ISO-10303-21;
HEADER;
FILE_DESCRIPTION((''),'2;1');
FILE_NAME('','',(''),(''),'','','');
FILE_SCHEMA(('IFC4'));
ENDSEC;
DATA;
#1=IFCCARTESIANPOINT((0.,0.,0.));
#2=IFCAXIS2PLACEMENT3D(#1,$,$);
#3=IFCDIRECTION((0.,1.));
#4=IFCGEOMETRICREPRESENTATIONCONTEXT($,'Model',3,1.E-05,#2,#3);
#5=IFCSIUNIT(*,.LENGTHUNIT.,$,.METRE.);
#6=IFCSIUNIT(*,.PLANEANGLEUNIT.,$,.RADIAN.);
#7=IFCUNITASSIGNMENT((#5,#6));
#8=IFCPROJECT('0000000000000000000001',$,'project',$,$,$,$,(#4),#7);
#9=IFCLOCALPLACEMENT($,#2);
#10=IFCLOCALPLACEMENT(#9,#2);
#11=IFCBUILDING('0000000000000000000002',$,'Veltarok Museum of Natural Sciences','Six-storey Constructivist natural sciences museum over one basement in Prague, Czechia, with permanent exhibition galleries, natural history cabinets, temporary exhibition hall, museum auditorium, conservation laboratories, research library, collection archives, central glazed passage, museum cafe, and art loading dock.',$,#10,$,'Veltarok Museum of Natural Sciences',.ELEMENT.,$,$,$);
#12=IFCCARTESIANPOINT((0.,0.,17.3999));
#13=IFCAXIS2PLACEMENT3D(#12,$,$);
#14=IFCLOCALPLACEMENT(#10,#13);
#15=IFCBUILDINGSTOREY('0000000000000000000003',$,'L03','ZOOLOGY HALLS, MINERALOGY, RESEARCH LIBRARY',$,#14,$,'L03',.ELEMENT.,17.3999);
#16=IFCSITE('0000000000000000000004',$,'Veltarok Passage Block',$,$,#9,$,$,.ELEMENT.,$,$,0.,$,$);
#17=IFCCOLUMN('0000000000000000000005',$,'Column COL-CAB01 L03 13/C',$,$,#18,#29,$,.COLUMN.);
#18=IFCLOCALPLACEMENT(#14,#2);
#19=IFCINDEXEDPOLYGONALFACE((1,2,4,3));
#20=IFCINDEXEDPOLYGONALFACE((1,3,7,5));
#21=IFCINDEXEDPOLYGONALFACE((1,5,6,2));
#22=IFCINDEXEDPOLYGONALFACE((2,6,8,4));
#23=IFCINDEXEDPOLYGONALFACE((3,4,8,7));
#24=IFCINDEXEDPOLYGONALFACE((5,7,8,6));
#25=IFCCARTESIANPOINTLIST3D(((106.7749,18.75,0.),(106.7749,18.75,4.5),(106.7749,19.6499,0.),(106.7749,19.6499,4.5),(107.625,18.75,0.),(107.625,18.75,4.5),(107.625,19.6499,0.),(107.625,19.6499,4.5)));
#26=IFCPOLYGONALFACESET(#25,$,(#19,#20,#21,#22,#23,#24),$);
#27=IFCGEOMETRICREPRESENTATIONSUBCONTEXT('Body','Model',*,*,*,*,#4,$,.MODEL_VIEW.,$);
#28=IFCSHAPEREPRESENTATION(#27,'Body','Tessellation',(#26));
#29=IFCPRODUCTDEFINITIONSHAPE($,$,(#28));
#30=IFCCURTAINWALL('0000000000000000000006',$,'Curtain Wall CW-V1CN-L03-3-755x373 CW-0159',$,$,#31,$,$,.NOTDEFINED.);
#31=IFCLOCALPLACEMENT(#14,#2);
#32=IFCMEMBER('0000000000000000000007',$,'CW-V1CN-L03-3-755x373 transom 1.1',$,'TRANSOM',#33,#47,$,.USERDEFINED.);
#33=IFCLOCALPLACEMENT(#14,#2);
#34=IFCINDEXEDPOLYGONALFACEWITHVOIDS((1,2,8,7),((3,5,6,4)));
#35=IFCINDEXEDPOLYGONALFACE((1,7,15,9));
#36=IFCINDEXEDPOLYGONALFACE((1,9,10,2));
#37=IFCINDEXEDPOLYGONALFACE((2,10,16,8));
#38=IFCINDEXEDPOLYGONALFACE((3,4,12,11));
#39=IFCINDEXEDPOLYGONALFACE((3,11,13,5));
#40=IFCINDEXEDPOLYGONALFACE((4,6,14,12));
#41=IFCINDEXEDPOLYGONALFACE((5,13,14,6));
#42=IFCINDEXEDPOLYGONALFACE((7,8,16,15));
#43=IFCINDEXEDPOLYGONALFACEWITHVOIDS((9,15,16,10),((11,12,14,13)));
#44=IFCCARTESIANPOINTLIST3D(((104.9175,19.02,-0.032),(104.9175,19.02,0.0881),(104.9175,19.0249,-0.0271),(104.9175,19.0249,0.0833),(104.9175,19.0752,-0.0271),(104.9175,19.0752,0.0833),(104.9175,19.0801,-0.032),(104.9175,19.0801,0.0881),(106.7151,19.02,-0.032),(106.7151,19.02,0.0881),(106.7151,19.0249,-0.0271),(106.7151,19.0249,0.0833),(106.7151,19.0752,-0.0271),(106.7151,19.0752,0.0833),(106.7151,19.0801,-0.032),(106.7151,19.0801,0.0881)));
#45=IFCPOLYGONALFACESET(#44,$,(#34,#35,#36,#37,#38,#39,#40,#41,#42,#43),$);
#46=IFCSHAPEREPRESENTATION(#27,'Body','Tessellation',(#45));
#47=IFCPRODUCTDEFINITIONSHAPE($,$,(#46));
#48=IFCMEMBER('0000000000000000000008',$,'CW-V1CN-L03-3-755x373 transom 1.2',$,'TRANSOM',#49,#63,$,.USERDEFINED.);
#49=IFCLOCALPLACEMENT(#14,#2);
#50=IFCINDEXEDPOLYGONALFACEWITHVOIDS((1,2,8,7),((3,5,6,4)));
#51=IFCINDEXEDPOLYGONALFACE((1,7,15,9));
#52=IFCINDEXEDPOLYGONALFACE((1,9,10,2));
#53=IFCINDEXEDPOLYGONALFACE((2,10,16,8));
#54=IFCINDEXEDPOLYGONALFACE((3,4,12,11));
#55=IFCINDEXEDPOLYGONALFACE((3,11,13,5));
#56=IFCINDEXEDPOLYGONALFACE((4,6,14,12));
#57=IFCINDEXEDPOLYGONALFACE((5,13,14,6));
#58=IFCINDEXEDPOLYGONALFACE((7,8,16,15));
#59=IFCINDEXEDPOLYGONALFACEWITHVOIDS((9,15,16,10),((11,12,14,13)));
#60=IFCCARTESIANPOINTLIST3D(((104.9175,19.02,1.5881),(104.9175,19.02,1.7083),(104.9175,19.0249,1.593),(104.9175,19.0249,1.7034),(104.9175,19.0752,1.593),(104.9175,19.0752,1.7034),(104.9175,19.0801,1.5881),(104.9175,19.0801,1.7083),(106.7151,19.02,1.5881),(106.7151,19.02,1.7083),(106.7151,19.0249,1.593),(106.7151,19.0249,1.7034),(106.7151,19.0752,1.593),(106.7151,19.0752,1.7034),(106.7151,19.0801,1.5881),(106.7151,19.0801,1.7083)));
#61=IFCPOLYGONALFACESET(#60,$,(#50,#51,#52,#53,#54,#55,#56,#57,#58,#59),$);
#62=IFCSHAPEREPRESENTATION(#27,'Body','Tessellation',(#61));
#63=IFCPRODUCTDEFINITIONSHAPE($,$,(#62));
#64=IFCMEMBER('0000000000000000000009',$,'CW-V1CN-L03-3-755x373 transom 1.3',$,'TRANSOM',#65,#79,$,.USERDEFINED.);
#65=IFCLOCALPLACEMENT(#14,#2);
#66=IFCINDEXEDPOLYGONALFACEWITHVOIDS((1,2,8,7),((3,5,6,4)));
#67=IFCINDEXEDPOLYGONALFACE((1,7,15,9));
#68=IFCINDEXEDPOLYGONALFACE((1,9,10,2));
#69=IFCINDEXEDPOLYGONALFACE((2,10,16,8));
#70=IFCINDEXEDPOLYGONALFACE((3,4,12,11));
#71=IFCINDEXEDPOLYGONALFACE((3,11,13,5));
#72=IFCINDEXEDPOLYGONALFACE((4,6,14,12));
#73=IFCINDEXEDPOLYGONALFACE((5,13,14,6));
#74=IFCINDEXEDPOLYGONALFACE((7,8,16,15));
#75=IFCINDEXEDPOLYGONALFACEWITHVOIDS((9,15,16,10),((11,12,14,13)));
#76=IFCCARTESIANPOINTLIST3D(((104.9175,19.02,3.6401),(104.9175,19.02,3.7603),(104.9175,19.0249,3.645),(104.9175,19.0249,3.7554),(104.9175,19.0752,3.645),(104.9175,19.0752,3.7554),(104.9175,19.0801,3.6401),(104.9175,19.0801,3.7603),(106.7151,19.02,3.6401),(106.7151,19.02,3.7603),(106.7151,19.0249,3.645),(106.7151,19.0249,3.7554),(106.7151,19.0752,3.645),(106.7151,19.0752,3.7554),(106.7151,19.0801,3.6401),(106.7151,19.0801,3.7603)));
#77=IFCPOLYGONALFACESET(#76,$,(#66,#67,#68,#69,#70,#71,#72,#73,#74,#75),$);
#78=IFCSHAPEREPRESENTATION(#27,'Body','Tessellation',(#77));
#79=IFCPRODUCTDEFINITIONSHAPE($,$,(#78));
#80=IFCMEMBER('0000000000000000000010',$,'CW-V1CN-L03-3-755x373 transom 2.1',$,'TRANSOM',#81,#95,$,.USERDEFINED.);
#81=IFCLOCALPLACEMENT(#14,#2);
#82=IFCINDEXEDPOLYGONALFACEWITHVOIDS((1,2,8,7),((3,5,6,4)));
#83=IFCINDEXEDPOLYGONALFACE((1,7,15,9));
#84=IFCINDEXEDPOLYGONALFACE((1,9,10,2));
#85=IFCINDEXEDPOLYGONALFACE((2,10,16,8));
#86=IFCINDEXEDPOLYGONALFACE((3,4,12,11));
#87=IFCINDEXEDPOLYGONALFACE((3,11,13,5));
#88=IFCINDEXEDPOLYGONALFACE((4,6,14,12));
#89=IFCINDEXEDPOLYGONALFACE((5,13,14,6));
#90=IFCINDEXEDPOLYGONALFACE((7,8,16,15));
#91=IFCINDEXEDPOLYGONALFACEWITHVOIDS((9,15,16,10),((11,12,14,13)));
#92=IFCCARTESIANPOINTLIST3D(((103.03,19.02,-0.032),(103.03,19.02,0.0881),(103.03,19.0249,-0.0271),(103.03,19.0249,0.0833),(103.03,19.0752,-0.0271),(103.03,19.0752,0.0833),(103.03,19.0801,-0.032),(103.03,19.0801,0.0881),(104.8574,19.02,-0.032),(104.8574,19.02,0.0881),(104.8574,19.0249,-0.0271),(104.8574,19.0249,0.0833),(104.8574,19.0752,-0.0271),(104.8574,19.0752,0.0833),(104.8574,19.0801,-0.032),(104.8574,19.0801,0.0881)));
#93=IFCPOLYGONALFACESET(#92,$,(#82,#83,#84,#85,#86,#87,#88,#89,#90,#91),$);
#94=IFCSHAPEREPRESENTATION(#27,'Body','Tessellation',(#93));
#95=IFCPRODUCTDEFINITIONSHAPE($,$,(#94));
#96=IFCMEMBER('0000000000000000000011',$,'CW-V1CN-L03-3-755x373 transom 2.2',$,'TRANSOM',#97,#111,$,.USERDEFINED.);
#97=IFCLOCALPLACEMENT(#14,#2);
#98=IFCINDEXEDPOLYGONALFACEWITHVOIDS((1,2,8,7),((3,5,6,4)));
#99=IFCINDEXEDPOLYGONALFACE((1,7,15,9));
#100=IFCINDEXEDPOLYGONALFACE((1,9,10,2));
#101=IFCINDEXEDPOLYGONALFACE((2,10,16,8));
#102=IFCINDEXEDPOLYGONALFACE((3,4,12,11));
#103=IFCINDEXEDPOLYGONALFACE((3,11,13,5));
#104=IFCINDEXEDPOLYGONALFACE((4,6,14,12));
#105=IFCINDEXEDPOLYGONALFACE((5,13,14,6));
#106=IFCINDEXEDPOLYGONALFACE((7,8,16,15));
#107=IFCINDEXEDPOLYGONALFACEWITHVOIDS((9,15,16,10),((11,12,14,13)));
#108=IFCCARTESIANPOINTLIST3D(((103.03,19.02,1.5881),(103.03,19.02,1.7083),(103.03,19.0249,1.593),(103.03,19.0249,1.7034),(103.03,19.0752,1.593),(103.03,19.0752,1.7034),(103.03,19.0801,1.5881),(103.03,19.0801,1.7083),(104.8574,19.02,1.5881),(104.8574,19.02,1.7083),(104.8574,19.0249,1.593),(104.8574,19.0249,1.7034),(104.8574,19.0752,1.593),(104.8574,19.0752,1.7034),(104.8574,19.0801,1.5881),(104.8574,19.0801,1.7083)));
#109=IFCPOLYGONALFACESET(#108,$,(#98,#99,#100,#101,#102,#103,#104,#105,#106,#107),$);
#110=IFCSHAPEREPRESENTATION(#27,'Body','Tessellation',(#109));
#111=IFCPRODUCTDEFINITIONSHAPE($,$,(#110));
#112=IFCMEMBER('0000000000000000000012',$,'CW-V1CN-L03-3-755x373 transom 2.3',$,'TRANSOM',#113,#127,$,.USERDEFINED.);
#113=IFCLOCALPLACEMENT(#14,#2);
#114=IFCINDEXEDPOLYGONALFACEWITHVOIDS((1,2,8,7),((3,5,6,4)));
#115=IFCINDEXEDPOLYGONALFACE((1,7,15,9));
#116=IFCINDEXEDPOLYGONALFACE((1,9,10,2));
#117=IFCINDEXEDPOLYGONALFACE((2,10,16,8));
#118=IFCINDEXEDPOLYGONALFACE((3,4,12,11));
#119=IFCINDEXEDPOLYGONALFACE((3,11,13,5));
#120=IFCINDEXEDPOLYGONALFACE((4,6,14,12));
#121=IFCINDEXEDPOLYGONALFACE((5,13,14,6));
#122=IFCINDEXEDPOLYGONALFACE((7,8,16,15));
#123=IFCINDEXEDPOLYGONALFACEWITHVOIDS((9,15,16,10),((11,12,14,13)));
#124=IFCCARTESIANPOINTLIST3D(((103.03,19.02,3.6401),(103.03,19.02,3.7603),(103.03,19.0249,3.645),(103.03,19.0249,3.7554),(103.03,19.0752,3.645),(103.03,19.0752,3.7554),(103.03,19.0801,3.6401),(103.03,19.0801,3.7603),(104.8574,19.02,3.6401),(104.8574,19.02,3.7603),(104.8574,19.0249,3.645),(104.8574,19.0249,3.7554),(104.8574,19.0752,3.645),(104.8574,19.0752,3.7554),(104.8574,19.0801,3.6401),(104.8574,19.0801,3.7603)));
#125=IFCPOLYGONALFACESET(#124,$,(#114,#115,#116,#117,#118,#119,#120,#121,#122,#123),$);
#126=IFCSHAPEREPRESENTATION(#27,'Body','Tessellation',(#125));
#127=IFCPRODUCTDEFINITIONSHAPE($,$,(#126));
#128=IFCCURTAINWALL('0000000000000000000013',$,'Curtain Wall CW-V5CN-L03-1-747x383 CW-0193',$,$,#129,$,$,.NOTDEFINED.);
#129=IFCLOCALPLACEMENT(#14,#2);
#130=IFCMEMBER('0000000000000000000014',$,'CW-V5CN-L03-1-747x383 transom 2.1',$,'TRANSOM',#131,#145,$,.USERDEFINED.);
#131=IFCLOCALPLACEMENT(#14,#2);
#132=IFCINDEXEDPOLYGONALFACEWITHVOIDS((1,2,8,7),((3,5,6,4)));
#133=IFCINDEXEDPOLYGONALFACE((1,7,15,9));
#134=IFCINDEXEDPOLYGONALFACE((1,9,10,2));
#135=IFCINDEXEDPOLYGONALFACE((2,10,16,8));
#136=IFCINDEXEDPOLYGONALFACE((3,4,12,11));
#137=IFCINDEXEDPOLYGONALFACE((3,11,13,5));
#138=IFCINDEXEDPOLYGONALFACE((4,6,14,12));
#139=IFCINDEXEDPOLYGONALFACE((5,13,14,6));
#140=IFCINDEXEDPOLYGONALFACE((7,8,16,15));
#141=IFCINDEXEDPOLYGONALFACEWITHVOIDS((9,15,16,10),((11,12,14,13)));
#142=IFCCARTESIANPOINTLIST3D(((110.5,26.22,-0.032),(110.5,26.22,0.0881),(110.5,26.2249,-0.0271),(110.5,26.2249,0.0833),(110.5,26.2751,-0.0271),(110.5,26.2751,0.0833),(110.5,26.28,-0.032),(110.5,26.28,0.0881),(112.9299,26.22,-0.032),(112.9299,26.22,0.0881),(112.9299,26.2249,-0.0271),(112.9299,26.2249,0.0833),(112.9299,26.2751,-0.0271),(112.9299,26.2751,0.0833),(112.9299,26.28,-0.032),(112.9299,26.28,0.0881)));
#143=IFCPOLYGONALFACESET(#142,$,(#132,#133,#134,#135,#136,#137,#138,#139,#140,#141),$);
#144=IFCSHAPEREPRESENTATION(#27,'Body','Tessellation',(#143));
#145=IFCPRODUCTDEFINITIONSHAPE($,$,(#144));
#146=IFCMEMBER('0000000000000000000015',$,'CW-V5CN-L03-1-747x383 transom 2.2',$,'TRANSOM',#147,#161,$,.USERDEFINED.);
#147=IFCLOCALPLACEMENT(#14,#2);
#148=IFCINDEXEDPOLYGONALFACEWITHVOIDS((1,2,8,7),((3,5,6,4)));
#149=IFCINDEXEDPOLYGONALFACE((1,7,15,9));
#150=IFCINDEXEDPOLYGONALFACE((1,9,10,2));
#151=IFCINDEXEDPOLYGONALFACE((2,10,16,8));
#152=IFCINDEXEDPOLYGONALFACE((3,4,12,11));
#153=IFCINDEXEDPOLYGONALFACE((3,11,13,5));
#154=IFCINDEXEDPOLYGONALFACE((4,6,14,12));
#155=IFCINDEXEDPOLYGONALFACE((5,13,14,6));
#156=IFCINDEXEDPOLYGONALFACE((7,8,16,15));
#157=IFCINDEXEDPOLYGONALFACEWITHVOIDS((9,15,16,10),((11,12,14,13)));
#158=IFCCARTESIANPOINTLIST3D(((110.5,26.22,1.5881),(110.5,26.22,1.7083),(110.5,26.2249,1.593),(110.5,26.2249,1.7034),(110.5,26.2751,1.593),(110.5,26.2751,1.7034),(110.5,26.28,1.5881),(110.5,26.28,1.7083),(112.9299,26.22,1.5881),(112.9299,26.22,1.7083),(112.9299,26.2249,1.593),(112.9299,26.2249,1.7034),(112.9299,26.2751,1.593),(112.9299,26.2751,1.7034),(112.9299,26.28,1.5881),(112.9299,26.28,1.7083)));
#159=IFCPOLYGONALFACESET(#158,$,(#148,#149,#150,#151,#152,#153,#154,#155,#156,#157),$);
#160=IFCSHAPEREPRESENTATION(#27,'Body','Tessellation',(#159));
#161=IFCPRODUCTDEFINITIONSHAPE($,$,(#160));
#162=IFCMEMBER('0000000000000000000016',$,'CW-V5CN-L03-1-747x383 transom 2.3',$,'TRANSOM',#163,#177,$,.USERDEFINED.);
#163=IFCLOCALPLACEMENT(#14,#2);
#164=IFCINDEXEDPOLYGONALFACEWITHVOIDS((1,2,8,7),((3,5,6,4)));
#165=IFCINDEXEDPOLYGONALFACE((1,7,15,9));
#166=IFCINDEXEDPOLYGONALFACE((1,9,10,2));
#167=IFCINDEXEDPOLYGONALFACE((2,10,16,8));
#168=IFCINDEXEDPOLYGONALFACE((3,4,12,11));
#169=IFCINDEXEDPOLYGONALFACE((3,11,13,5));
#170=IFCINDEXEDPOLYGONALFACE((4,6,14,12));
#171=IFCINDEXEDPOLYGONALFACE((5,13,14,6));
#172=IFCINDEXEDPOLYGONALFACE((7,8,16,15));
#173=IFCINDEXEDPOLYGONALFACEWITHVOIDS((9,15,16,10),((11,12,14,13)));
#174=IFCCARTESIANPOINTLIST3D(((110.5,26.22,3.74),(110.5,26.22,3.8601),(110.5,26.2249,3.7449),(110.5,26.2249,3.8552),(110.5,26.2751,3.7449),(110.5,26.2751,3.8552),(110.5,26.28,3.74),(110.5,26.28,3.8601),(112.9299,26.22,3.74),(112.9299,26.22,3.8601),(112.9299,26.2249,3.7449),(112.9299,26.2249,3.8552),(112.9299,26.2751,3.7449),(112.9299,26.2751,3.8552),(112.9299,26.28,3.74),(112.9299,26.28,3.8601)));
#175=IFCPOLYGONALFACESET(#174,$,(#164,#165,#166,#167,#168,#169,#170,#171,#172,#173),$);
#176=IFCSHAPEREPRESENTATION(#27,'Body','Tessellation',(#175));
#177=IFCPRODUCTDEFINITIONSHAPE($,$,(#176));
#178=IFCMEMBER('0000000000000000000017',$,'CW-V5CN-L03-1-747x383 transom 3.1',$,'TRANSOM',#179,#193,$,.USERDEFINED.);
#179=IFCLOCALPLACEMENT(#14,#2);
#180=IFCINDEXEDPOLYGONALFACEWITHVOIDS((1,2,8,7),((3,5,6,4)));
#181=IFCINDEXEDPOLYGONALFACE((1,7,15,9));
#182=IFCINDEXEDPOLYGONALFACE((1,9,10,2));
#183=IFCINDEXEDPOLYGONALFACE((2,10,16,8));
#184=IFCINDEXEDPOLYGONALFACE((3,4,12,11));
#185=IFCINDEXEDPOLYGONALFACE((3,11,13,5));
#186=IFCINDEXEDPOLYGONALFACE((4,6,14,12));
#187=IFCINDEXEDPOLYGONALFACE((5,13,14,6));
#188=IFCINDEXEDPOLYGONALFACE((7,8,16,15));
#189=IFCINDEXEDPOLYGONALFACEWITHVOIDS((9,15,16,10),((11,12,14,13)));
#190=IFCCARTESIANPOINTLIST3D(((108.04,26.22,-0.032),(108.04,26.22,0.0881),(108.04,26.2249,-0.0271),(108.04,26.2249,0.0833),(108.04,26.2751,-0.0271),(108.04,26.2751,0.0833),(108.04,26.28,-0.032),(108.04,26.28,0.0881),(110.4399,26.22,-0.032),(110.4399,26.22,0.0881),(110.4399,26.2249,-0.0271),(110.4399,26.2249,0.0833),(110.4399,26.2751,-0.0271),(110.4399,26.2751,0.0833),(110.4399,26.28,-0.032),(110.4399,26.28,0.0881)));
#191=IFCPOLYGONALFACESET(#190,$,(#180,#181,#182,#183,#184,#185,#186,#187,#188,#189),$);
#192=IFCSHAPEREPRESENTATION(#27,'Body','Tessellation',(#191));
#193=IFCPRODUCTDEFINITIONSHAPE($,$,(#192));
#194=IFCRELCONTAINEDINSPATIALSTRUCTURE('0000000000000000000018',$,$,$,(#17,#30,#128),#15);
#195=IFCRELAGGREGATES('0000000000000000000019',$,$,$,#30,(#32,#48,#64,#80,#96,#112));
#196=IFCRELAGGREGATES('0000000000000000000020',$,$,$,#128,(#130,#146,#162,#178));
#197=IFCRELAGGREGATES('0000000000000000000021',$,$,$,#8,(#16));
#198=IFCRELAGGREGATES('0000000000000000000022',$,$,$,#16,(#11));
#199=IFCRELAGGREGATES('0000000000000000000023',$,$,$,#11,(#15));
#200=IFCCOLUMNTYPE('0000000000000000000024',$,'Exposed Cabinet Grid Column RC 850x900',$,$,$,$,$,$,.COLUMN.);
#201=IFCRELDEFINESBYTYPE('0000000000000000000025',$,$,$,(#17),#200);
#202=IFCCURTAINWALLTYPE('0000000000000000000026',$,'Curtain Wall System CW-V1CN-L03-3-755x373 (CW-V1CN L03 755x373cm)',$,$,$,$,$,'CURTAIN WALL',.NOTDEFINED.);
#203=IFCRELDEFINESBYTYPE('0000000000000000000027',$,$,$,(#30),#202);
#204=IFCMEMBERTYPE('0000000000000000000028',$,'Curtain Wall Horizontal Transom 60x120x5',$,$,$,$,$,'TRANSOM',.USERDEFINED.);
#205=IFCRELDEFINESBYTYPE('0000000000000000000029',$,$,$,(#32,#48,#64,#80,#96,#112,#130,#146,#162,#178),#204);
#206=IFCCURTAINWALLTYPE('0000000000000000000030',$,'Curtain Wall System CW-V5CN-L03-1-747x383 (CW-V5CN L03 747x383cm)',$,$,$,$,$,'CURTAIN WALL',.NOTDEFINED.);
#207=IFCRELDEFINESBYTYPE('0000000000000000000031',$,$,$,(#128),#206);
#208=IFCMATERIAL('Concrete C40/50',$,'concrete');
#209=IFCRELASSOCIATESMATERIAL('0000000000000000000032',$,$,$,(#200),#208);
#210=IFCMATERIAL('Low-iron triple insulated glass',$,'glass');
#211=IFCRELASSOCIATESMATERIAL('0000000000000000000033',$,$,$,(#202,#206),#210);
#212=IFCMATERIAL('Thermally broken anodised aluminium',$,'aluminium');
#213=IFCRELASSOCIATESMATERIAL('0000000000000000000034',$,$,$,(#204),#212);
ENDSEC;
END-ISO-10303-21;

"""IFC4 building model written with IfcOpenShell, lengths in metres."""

from ifc_helpers import new_model, si_unit, direction, frame, origin, origin_2d, place, context, subcontext, project, spatial, rectangle, hollow_rectangle, extrude, material, material_profile, profile_set, type_object, element, aggregate, save


model = new_model("IFC4")

# Units and contexts
model_context = context("Model", 3, precision=1e-05, world=origin(), true_north=direction((0.0, 1.0)))
body_context = subcontext(model_context, "Body", "Model", "MODEL_VIEW")
ifc_project = project(units=[si_unit("LENGTHUNIT", "METRE"), si_unit("PLANEANGLEUNIT", "RADIAN")], contexts=[model_context])

# Site, building, storey
site_placement = place(None, origin())
site = spatial("IfcSite", under=ifc_project, at=site_placement, Name="Veltarok Passage Block", CompositionType="ELEMENT", RefElevation=0.0)
building_placement = place(site_placement, origin())
building = spatial("IfcBuilding", under=site, at=building_placement, Name="Veltarok Museum of Natural Sciences", Description="Six-storey Constructivist natural sciences museum over one basement in Prague, Czechia, with permanent exhibition galleries, natural history cabinets, temporary exhibition hall, museum auditorium, conservation laboratories, research library, collection archives, central glazed passage, museum cafe, and art loading dock.", LongName="Veltarok Museum of Natural Sciences", CompositionType="ELEMENT")
storey_placement = place(building_placement, frame((0.0, 0.0, 17.3999)))
storey = spatial("IfcBuildingStorey", under=building, at=storey_placement, Name="L03", Description="ZOOLOGY HALLS, MINERALOGY, RESEARCH LIBRARY", LongName="L03", CompositionType="ELEMENT", Elevation=17.3999)

# Column
ifc_material_1 = material(Name="Concrete C40/50", Category="concrete")
ifc_material_profile_1 = material_profile(ifc_material_1, rectangle(XDim=0.8501, YDim=0.8999, at=origin_2d()), Name="RC 850x900")
ifc_profile_set_1 = profile_set([ifc_material_profile_1], Name="Concrete C40/50")
column_type = type_object("IfcColumnType", Name="Exposed Cabinet Grid Column RC 850x900", PredefinedType="COLUMN", material=ifc_profile_set_1)
column_placement = place(storey_placement, frame((107.2, 19.2, 0.0), z_axis=(0.0, 0.0, 1.0), x_axis=(1.0, 0.0, 0.0)))
element("IfcColumn", 1, at=column_placement, inside=storey, type_object=column_type, Name="Column COL-CAB01 L03 13/C", PredefinedType="COLUMN", context=body_context, shape_type="SweptSolid", body=[
    extrude(rectangle(XDim=0.8501, YDim=0.8999, at=origin_2d()), origin(), (0.0, 0.0, 1.0), 4.5),
])

# Curtain walls, members
ifc_material_2 = material(Name="Low-iron triple insulated glass", Category="glass")
curtain_wall_type_1 = type_object("IfcCurtainWallType", Name="Curtain Wall System CW-V1CN-L03-3-755x373 (CW-V1CN L03 755x373cm)", ElementType="CURTAIN WALL", PredefinedType="NOTDEFINED", material=ifc_material_2)
curtain_wall_1_placement = place(storey_placement, origin())
curtain_wall_1 = element("IfcCurtainWall", 2, at=curtain_wall_1_placement, inside=storey, type_object=curtain_wall_type_1, Name="Curtain Wall CW-V1CN-L03-3-755x373 CW-0159", PredefinedType="NOTDEFINED")
ifc_material_3 = material(Name="Thermally broken anodised aluminium", Category="aluminium")
ifc_material_profile_2 = material_profile(ifc_material_3, hollow_rectangle(XDim=0.0601, YDim=0.1201, WallThickness=0.0049, at=origin_2d()), Name="CW TRANSOM 60x120x5")
ifc_profile_set_2 = profile_set([ifc_material_profile_2], Name="Thermally broken anodised aluminium")
member_type_1 = type_object("IfcMemberType", Name="Curtain Wall Horizontal Transom 60x120x5", ElementType="TRANSOM", PredefinedType="USERDEFINED", material=ifc_profile_set_2)
member_1_placement = place(storey_placement, frame((106.7151, 19.05, 0.0281), z_axis=(-1.0, 0.0, 0.0), x_axis=(0.0, -1.0, 0.0)))
member_1 = element("IfcMember", 3, at=member_1_placement, type_object=member_type_1, Name="CW-V1CN-L03-3-755x373 transom 1.1", ObjectType="TRANSOM", PredefinedType="USERDEFINED", context=body_context, shape_type="SweptSolid", body=[
    extrude(hollow_rectangle(XDim=0.0601, YDim=0.1201, WallThickness=0.0049, at=origin_2d()), origin(), (0.0, 0.0, 1.0), 1.7976),
])
member_2_placement = place(storey_placement, frame((106.7151, 19.05, 1.6482), z_axis=(-1.0, 0.0, 0.0), x_axis=(0.0, -1.0, 0.0)))
member_2 = element("IfcMember", 4, at=member_2_placement, type_object=member_type_1, Name="CW-V1CN-L03-3-755x373 transom 1.2", ObjectType="TRANSOM", PredefinedType="USERDEFINED", context=body_context, shape_type="SweptSolid", body=[
    extrude(hollow_rectangle(XDim=0.0601, YDim=0.1201, WallThickness=0.0049, at=origin_2d()), origin(), (0.0, 0.0, 1.0), 1.7976),
])
member_3_placement = place(storey_placement, frame((106.7151, 19.05, 3.7002), z_axis=(-1.0, 0.0, 0.0), x_axis=(0.0, -1.0, 0.0)))
member_3 = element("IfcMember", 5, at=member_3_placement, type_object=member_type_1, Name="CW-V1CN-L03-3-755x373 transom 1.3", ObjectType="TRANSOM", PredefinedType="USERDEFINED", context=body_context, shape_type="SweptSolid", body=[
    extrude(hollow_rectangle(XDim=0.0601, YDim=0.1201, WallThickness=0.0049, at=origin_2d()), origin(), (0.0, 0.0, 1.0), 1.7976),
])
member_4_placement = place(storey_placement, frame((104.8574, 19.05, 0.0281), z_axis=(-1.0, 0.0, 0.0), x_axis=(0.0, -1.0, 0.0)))
member_4 = element("IfcMember", 6, at=member_4_placement, type_object=member_type_1, Name="CW-V1CN-L03-3-755x373 transom 2.1", ObjectType="TRANSOM", PredefinedType="USERDEFINED", context=body_context, shape_type="SweptSolid", body=[
    extrude(hollow_rectangle(XDim=0.0601, YDim=0.1201, WallThickness=0.0049, at=origin_2d()), origin(), (0.0, 0.0, 1.0), 1.8274),
])
member_5_placement = place(storey_placement, frame((104.8574, 19.05, 1.6482), z_axis=(-1.0, 0.0, 0.0), x_axis=(0.0, -1.0, 0.0)))
member_5 = element("IfcMember", 7, at=member_5_placement, type_object=member_type_1, Name="CW-V1CN-L03-3-755x373 transom 2.2", ObjectType="TRANSOM", PredefinedType="USERDEFINED", context=body_context, shape_type="SweptSolid", body=[
    extrude(hollow_rectangle(XDim=0.0601, YDim=0.1201, WallThickness=0.0049, at=origin_2d()), origin(), (0.0, 0.0, 1.0), 1.8274),
])
member_6_placement = place(storey_placement, frame((104.8574, 19.05, 3.7002), z_axis=(-1.0, 0.0, 0.0), x_axis=(0.0, -1.0, 0.0)))
member_6 = element("IfcMember", 8, at=member_6_placement, type_object=member_type_1, Name="CW-V1CN-L03-3-755x373 transom 2.3", ObjectType="TRANSOM", PredefinedType="USERDEFINED", context=body_context, shape_type="SweptSolid", body=[
    extrude(hollow_rectangle(XDim=0.0601, YDim=0.1201, WallThickness=0.0049, at=origin_2d()), origin(), (0.0, 0.0, 1.0), 1.8274),
])
curtain_wall_type_2 = type_object("IfcCurtainWallType", Name="Curtain Wall System CW-V5CN-L03-1-747x383 (CW-V5CN L03 747x383cm)", ElementType="CURTAIN WALL", PredefinedType="NOTDEFINED", material=ifc_material_2)
curtain_wall_2_placement = place(storey_placement, origin())
curtain_wall_2 = element("IfcCurtainWall", 9, at=curtain_wall_2_placement, inside=storey, type_object=curtain_wall_type_2, Name="Curtain Wall CW-V5CN-L03-1-747x383 CW-0193", PredefinedType="NOTDEFINED")
member_7_placement = place(storey_placement, frame((112.9299, 26.25, 0.0281), z_axis=(-1.0, 0.0, 0.0), x_axis=(0.0, -1.0, 0.0)))
member_7 = element("IfcMember", 10, at=member_7_placement, type_object=member_type_1, Name="CW-V5CN-L03-1-747x383 transom 2.1", ObjectType="TRANSOM", PredefinedType="USERDEFINED", context=body_context, shape_type="SweptSolid", body=[
    extrude(hollow_rectangle(XDim=0.0601, YDim=0.1201, WallThickness=0.0049, at=origin_2d()), origin(), (0.0, 0.0, 1.0), 2.4299),
])
member_8_placement = place(storey_placement, frame((112.9299, 26.25, 1.6482), z_axis=(-1.0, 0.0, 0.0), x_axis=(0.0, -1.0, 0.0)))
member_8 = element("IfcMember", 11, at=member_8_placement, type_object=member_type_1, Name="CW-V5CN-L03-1-747x383 transom 2.2", ObjectType="TRANSOM", PredefinedType="USERDEFINED", context=body_context, shape_type="SweptSolid", body=[
    extrude(hollow_rectangle(XDim=0.0601, YDim=0.1201, WallThickness=0.0049, at=origin_2d()), origin(), (0.0, 0.0, 1.0), 2.4299),
])
member_9_placement = place(storey_placement, frame((112.9299, 26.25, 3.8), z_axis=(-1.0, 0.0, 0.0), x_axis=(0.0, -1.0, 0.0)))
member_9 = element("IfcMember", 12, at=member_9_placement, type_object=member_type_1, Name="CW-V5CN-L03-1-747x383 transom 2.3", ObjectType="TRANSOM", PredefinedType="USERDEFINED", context=body_context, shape_type="SweptSolid", body=[
    extrude(hollow_rectangle(XDim=0.0601, YDim=0.1201, WallThickness=0.0049, at=origin_2d()), origin(), (0.0, 0.0, 1.0), 2.4299),
])
member_10_placement = place(storey_placement, frame((110.4399, 26.25, 0.0281), z_axis=(-1.0, 0.0, 0.0), x_axis=(0.0, -1.0, 0.0)))
member_10 = element("IfcMember", 13, at=member_10_placement, type_object=member_type_1, Name="CW-V5CN-L03-1-747x383 transom 3.1", ObjectType="TRANSOM", PredefinedType="USERDEFINED", context=body_context, shape_type="SweptSolid", body=[
    extrude(hollow_rectangle(XDim=0.0601, YDim=0.1201, WallThickness=0.0049, at=origin_2d()), origin(), (0.0, 0.0, 1.0), 2.3999),
])

aggregate(curtain_wall_1, [member_1, member_2, member_3, member_4, member_5, member_6])
aggregate(curtain_wall_2, [member_7, member_8, member_9, member_10])

save(model, "model.ifc")
